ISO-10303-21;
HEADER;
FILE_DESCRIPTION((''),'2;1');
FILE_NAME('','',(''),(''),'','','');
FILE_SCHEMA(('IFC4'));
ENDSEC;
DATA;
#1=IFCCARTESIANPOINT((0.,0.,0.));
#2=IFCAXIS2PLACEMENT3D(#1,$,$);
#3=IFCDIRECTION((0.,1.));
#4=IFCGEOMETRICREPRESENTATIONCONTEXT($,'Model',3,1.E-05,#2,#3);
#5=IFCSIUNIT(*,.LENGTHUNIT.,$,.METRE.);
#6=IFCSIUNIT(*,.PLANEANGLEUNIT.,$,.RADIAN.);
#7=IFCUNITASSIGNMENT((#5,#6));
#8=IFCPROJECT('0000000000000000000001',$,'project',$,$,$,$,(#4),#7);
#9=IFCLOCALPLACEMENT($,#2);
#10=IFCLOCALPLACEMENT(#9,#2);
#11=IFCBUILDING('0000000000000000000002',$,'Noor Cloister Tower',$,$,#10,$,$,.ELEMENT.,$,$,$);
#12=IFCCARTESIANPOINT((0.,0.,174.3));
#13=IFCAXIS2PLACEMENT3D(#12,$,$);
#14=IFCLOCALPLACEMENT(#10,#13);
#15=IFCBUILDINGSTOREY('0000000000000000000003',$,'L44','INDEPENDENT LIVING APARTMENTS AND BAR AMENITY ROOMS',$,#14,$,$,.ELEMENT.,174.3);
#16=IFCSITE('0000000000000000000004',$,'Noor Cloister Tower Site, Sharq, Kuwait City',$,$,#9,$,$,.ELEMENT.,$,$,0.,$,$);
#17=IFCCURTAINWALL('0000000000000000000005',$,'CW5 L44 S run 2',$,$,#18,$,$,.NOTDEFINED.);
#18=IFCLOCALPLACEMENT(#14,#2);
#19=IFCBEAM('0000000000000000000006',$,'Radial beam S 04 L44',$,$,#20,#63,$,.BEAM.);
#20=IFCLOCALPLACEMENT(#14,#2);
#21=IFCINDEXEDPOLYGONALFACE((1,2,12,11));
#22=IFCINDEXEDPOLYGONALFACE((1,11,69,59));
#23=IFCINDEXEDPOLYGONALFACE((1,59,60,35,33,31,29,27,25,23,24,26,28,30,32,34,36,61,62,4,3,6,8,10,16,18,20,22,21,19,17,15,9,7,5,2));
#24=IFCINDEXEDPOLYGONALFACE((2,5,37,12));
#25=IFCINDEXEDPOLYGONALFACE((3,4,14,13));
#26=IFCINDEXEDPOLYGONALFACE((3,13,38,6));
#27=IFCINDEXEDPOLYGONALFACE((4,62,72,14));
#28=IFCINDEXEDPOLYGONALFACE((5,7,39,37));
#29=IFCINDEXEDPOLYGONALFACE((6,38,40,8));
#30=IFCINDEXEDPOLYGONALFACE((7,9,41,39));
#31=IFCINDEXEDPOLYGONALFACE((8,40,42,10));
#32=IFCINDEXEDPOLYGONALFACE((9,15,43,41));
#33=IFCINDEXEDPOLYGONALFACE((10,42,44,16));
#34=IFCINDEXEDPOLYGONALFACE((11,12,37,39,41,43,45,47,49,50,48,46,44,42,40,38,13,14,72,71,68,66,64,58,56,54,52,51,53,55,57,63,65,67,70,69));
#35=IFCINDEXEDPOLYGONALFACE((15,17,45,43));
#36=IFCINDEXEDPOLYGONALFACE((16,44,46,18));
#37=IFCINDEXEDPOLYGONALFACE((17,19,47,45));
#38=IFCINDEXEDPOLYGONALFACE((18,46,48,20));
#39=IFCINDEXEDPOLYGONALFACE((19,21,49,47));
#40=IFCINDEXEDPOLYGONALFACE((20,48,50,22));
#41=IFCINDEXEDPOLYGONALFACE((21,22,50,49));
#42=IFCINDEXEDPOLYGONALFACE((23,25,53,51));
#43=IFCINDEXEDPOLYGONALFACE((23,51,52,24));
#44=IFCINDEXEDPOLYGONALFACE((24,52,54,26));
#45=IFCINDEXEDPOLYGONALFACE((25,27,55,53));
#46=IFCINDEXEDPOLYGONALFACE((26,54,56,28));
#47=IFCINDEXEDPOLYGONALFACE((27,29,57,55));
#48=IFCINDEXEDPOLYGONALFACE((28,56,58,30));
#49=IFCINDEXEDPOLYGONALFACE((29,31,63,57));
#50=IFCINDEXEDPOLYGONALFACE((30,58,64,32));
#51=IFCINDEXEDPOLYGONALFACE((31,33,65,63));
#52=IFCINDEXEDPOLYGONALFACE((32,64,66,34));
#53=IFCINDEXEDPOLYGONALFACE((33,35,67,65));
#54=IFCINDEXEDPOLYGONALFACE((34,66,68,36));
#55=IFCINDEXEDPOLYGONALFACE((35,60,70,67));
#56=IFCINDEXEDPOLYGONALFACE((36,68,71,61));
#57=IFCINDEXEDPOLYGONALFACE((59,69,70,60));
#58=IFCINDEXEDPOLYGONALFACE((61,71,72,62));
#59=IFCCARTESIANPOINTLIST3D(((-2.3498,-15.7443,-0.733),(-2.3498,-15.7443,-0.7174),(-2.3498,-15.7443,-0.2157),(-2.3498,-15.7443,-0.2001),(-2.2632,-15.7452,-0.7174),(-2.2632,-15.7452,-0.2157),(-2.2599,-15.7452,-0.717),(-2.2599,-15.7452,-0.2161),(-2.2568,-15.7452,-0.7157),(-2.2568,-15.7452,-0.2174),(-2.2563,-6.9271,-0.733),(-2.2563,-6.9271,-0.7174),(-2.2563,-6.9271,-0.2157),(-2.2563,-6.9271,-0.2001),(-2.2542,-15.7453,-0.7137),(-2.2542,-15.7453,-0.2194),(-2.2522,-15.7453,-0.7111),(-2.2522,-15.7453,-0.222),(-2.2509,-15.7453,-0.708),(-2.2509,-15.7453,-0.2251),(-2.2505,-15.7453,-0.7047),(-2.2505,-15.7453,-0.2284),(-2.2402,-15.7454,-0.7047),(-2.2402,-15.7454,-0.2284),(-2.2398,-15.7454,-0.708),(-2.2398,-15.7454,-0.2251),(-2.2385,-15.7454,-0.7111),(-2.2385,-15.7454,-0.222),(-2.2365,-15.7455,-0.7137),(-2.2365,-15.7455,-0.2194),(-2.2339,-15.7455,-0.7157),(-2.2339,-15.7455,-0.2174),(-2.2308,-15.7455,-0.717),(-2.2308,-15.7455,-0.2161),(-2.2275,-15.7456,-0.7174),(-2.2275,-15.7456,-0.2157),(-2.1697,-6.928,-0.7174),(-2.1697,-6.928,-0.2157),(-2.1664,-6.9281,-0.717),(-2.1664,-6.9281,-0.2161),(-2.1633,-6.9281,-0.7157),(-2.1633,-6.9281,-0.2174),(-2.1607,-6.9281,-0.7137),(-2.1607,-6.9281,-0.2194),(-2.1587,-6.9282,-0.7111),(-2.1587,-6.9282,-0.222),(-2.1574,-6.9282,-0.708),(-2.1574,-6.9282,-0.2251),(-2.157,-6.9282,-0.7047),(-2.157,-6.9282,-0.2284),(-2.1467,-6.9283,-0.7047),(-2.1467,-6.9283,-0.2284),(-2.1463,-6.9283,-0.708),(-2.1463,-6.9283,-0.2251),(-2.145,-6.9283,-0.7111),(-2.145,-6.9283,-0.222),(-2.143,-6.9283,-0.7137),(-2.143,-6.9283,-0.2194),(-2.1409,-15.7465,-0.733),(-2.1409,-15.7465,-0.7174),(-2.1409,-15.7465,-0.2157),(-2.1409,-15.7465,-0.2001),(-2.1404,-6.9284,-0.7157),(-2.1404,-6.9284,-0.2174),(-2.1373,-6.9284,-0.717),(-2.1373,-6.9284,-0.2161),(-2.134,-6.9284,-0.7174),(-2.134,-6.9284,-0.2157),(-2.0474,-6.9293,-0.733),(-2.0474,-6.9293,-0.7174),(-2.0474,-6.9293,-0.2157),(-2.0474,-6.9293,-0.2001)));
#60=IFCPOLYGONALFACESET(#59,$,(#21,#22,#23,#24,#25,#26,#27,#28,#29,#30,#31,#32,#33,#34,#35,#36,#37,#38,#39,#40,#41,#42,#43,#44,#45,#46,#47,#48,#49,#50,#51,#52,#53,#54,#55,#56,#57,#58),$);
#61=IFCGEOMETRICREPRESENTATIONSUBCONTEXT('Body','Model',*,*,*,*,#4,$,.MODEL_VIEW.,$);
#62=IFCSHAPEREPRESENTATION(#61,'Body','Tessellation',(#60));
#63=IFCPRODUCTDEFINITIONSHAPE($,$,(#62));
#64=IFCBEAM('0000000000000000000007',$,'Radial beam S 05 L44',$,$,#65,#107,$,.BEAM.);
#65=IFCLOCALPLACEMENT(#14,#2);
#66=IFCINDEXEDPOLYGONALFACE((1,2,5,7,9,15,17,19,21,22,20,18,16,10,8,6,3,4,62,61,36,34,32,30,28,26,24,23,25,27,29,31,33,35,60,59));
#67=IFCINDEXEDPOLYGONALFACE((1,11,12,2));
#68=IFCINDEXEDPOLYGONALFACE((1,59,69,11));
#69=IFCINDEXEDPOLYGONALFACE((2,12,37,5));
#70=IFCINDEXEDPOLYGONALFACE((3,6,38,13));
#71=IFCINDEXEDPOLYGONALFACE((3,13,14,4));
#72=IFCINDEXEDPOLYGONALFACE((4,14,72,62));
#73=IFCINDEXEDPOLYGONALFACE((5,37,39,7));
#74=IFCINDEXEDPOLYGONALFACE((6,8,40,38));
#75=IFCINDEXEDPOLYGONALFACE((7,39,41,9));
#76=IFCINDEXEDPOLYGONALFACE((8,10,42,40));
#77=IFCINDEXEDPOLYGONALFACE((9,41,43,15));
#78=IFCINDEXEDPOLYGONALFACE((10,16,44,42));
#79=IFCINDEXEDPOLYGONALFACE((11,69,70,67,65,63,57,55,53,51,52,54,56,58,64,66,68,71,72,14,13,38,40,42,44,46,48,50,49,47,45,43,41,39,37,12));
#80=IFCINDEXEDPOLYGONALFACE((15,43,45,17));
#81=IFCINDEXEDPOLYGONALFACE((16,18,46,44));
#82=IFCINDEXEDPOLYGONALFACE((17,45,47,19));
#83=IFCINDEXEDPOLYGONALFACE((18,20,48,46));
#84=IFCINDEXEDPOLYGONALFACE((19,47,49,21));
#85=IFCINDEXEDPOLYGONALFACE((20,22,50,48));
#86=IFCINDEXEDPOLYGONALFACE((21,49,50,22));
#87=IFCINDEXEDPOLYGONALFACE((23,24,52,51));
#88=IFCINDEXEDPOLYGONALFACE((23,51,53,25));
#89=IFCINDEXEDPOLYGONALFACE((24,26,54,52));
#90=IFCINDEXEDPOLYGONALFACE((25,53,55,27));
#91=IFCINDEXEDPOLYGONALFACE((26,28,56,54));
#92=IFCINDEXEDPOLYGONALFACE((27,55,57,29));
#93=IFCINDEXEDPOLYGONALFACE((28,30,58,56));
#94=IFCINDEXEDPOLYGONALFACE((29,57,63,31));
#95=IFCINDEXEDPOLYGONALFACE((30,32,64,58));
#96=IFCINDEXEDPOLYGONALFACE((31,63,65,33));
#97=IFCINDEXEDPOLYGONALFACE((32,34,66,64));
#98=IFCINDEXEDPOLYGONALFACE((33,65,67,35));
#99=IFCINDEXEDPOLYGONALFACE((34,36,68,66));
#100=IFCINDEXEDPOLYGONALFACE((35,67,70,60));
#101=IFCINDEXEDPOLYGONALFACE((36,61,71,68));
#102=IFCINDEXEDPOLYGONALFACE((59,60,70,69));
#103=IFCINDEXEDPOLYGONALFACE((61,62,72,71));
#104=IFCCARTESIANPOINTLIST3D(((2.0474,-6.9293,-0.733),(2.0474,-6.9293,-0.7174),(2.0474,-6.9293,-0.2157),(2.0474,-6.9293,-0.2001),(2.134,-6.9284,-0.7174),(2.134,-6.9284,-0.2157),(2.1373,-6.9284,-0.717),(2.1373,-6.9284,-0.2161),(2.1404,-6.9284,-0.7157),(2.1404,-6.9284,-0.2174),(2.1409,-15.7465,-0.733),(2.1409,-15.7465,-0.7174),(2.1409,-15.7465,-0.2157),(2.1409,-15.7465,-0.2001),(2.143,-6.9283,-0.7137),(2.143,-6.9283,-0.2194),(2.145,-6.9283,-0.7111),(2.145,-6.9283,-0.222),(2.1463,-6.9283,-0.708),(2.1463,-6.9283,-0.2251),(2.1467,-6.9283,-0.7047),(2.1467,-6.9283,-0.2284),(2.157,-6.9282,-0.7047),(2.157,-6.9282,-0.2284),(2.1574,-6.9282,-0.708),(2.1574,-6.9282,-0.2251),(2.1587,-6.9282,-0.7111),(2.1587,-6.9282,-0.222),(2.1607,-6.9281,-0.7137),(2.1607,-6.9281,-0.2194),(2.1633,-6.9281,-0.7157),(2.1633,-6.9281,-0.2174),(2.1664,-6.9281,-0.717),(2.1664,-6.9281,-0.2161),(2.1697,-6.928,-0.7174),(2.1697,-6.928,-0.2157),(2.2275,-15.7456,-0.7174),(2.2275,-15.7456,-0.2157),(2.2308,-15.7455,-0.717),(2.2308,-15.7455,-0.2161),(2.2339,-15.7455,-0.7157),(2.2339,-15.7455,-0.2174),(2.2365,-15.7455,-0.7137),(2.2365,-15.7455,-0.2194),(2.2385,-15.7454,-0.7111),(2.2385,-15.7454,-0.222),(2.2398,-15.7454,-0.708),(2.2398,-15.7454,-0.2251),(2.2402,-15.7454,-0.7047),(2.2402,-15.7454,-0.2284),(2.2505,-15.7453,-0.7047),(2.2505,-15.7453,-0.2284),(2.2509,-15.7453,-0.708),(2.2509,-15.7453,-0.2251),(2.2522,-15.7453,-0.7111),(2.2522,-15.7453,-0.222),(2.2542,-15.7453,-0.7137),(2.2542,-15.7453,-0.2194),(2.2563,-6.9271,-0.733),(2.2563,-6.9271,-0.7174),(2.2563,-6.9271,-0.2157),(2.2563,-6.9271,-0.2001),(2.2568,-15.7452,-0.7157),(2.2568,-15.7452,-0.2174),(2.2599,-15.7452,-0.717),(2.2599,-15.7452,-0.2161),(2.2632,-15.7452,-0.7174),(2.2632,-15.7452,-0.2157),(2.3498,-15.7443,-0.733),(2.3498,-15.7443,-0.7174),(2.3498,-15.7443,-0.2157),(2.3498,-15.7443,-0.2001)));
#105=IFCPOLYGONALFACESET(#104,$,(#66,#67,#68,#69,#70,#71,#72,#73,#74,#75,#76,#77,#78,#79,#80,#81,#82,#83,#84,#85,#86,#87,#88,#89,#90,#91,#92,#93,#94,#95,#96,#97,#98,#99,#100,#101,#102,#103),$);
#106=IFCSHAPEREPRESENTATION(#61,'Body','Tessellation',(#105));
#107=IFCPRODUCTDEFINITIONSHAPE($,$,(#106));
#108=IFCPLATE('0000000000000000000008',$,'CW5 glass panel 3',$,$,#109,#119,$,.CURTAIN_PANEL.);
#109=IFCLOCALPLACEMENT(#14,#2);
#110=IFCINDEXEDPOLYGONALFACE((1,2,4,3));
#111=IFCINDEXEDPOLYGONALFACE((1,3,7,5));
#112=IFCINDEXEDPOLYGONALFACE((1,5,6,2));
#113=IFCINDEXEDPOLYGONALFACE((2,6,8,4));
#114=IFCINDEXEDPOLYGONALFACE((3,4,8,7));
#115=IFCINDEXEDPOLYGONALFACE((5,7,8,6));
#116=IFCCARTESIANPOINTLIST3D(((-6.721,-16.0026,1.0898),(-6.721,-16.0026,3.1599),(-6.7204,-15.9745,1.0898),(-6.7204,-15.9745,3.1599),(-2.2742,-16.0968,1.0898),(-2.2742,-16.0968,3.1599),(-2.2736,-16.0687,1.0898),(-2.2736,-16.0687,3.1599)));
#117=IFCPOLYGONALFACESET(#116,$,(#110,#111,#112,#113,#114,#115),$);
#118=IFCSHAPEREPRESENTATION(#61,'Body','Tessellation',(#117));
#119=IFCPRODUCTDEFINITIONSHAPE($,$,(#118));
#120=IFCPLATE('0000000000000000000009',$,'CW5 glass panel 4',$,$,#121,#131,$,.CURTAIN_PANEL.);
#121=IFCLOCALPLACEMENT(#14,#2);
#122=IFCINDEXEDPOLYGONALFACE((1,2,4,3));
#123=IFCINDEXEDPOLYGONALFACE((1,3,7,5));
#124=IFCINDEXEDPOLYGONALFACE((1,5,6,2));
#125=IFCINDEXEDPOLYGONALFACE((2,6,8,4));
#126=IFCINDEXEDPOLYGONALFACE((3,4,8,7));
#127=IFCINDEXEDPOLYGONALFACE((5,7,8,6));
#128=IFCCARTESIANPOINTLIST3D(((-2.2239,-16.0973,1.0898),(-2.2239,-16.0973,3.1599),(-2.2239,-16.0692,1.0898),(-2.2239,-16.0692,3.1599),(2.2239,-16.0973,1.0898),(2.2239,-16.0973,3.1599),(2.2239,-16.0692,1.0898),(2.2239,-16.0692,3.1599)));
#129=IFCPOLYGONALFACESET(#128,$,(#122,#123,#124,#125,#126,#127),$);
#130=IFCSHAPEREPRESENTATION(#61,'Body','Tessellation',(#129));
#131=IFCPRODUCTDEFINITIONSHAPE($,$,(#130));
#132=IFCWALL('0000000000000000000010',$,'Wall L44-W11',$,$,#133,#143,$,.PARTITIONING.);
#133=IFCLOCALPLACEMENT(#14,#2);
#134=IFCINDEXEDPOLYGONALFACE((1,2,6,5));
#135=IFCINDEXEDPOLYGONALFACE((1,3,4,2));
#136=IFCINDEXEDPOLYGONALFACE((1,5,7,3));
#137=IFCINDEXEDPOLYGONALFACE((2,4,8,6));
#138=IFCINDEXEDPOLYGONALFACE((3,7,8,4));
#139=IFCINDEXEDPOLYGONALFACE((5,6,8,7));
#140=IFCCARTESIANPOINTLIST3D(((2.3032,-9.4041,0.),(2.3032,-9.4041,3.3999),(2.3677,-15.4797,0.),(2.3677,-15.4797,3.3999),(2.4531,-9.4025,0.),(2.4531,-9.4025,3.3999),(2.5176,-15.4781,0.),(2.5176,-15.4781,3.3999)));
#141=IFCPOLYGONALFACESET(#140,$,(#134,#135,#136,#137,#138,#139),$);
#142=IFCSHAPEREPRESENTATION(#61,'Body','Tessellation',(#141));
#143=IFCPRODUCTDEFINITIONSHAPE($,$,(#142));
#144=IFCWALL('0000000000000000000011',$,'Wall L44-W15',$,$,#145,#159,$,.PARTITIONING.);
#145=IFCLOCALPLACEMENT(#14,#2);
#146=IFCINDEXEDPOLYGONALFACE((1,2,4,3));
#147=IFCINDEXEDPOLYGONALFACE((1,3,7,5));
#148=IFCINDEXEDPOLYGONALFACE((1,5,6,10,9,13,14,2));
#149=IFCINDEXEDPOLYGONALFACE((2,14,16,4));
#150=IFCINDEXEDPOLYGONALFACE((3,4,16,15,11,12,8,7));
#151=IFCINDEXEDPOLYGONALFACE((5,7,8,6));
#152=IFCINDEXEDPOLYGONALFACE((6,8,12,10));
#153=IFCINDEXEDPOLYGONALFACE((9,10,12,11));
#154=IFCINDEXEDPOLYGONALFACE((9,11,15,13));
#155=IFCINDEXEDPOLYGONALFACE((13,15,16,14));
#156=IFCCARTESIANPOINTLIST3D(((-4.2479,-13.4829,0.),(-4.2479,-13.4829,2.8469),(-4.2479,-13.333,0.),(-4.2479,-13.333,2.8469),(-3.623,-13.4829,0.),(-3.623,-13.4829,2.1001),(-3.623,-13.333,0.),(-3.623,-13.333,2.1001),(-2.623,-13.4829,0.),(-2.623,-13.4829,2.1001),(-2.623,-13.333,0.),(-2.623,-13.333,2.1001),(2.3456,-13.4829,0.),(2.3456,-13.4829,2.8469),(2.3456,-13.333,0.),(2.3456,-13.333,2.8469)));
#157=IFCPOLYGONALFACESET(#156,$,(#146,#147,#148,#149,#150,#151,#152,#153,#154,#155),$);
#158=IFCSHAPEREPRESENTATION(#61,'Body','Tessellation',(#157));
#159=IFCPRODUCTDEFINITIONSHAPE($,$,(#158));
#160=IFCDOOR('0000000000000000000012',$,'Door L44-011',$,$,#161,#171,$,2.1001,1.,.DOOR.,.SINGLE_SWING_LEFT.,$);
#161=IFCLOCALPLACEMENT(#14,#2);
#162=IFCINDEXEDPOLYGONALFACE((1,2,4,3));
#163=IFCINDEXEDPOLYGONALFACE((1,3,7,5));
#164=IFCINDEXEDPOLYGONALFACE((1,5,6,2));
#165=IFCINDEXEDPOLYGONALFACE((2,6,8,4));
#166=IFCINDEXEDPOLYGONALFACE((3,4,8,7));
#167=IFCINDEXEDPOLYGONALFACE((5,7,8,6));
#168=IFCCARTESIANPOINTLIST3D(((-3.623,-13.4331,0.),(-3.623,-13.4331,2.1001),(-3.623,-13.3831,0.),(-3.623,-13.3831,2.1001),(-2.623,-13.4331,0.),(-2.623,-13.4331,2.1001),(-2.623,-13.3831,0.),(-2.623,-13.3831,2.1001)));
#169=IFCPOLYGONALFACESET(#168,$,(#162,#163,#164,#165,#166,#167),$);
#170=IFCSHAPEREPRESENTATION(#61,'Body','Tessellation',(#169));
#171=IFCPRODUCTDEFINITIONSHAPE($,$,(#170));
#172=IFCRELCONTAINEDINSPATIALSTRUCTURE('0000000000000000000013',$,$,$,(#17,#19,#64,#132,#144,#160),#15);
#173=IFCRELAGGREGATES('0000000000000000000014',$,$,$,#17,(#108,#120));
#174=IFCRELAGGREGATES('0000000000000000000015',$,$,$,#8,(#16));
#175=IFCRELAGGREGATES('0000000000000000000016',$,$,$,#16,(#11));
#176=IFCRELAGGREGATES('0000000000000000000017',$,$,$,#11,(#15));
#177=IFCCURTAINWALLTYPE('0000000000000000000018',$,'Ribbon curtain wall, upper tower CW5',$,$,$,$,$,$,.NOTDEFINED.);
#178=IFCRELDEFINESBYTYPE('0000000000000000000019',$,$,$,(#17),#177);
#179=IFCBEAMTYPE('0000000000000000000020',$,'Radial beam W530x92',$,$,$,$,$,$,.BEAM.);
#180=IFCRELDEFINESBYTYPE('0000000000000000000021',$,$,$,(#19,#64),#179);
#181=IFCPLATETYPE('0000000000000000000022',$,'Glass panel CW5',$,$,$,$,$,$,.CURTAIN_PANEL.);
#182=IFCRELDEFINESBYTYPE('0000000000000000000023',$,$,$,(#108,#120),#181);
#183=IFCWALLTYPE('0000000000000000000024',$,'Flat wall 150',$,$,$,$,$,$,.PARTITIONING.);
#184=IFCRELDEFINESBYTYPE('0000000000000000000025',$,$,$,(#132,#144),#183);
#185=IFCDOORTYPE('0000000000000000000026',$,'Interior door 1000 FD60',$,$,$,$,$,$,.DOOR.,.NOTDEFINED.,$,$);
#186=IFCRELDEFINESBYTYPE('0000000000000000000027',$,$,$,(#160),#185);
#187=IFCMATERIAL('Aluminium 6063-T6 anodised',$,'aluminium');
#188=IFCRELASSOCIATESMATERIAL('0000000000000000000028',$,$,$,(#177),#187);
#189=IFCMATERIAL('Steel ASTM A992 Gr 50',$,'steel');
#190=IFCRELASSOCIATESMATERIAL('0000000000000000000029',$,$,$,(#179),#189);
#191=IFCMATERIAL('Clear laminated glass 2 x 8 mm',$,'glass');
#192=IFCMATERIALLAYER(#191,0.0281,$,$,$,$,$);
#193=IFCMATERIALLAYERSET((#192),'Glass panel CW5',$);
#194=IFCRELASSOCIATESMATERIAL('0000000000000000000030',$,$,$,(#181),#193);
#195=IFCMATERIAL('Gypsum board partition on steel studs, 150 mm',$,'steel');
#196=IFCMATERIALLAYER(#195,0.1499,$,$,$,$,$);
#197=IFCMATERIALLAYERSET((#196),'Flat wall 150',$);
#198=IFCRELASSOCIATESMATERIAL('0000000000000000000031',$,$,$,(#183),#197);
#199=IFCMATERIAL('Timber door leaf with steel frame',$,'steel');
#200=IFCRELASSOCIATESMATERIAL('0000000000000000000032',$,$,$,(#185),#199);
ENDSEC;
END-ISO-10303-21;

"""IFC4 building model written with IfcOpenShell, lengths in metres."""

from ifc_helpers import new_model, si_unit, direction, frame, frame_2d, origin, origin_2d, place, context, subcontext, project, spatial, rectangle, i_section, extrude, material, layer, layer_set, material_profile, profile_set, type_object, element, fill, aggregate, save


model = new_model("IFC4")

# Units and contexts
model_context = context("Model", 3, precision=1e-05, world=origin(), true_north=direction((0.0, 1.0)))
body_context = subcontext(model_context, "Body", "Model", "MODEL_VIEW")
ifc_project = project(units=[si_unit("LENGTHUNIT", "METRE"), si_unit("PLANEANGLEUNIT", "RADIAN")], contexts=[model_context])

# Site, building, storey
site_placement = place(None, origin())
site = spatial("IfcSite", under=ifc_project, at=site_placement, Name="Noor Cloister Tower Site, Sharq, Kuwait City", CompositionType="ELEMENT", RefElevation=0.0)
building_placement = place(site_placement, origin())
building = spatial("IfcBuilding", under=site, at=building_placement, Name="Noor Cloister Tower", CompositionType="ELEMENT")
storey_placement = place(building_placement, frame((0.0, 0.0, 174.3)))
storey = spatial("IfcBuildingStorey", under=building, at=storey_placement, Name="L44", Description="INDEPENDENT LIVING APARTMENTS AND BAR AMENITY ROOMS", CompositionType="ELEMENT", Elevation=174.3)

# Curtain wall
ifc_material_1 = material(Name="Aluminium 6063-T6 anodised", Category="aluminium")
curtain_wall_type = type_object("IfcCurtainWallType", Name="Ribbon curtain wall, upper tower CW5", PredefinedType="NOTDEFINED", material=ifc_material_1)
curtain_wall_placement = place(storey_placement, origin())
curtain_wall = element("IfcCurtainWall", 1, at=curtain_wall_placement, inside=storey, type_object=curtain_wall_type, Name="CW5 L44 S run 2", PredefinedType="NOTDEFINED")

# Beams
ifc_material_2 = material(Name="Steel ASTM A992 Gr 50", Category="steel")
ifc_material_profile_1 = material_profile(ifc_material_2, i_section(OverallWidth=0.209, OverallDepth=0.533, WebThickness=0.0103, FlangeThickness=0.0156, FilletRadius=0.0127, at=origin_2d()), Name="W530x92")
ifc_profile_set_1 = profile_set([ifc_material_profile_1], Name="Steel ASTM A992 Gr 50")
beam_type_1 = type_object("IfcBeamType", Name="Radial beam W530x92", PredefinedType="BEAM", material=ifc_profile_set_1)
for number, where, z_axis, x_axis, name in (
    (2, (-2.2454, -15.7454, -0.4666), (0.010604, 0.999944, 0.0), (-0.999944, 0.010604, 0.0), "Radial beam S 04 L44"),
    (3, (2.2454, -15.7454, -0.4666), (-0.010604, 0.999944, 0.0), (-0.999944, -0.010604, 0.0), "Radial beam S 05 L44"),
):
    element("IfcBeam", number, at=place(storey_placement, frame(where, z_axis=z_axis, x_axis=x_axis)), inside=storey, type_object=beam_type_1, Name=name, PredefinedType="BEAM", context=body_context, shape_type="SweptSolid", body=[
        extrude(i_section(OverallWidth=0.209, OverallDepth=0.533, WebThickness=0.0103, FlangeThickness=0.0156, FilletRadius=0.0127, at=origin_2d()), origin(), (0.0, 0.0, 1.0), 8.8176),
    ])

# Plates
ifc_material_3 = material(Name="Clear laminated glass 2 x 8 mm", Category="glass")
ifc_layer_1 = layer(ifc_material_3, 0.0281)
ifc_layer_set_1 = layer_set([ifc_layer_1], Name="Glass panel CW5")
plate_type = type_object("IfcPlateType", Name="Glass panel CW5", PredefinedType="CURTAIN_PANEL", material=ifc_layer_set_1)
plate_1_placement = place(storey_placement, frame((-4.4973, -16.0356, 1.0898), z_axis=(0.0, 0.0, 1.0), x_axis=(0.999776, -0.02118, 0.0)))
plate_1 = element("IfcPlate", 4, at=plate_1_placement, type_object=plate_type, Name="CW5 glass panel 3", PredefinedType="CURTAIN_PANEL", context=body_context, shape_type="SweptSolid", body=[
    extrude(rectangle(XDim=4.4478, YDim=0.0281, at=origin_2d()), origin(), (0.0, 0.0, 1.0), 2.0701),
])
plate_2_placement = place(storey_placement, frame((0.0, -16.0833, 1.0898), z_axis=(0.0, 0.0, 1.0), x_axis=(1.0, 0.0, 0.0)))
plate_2 = element("IfcPlate", 5, at=plate_2_placement, type_object=plate_type, Name="CW5 glass panel 4", PredefinedType="CURTAIN_PANEL", context=body_context, shape_type="SweptSolid", body=[
    extrude(rectangle(XDim=4.4478, YDim=0.0281, at=origin_2d()), origin(), (0.0, 0.0, 1.0), 2.0701),
])
aggregate(curtain_wall, [plate_1, plate_2])

# Wall
ifc_material_4 = material(Name="Gypsum board partition on steel studs, 150 mm", Category="steel")
ifc_layer_2 = layer(ifc_material_4, 0.1499)
ifc_layer_set_2 = layer_set([ifc_layer_2], Name="Flat wall 150")
wall_type = type_object("IfcWallType", Name="Flat wall 150", PredefinedType="PARTITIONING", material=ifc_layer_set_2)
wall_1_placement = place(storey_placement, frame((2.4426, -15.479, 0.0), z_axis=(0.0, 0.0, 1.0), x_axis=(-0.010608, 0.999944, 0.0)))
element("IfcWall", 6, at=wall_1_placement, inside=storey, type_object=wall_type, Name="Wall L44-W11", PredefinedType="PARTITIONING", context=body_context, shape_type="SweptSolid", body=[
    extrude(rectangle(XDim=6.0759, YDim=0.1499, at=frame_2d((3.0381, 0.0))), origin(), (0.0, 0.0, 1.0), 3.3999),
])

# Wall, opening, door
wall_2_placement = place(storey_placement, frame((-4.248, -13.408, 0.0), z_axis=(0.0, 0.0, 1.0), x_axis=(1.0, 0.0, 0.0)))
wall_2 = element("IfcWall", 7, at=wall_2_placement, inside=storey, type_object=wall_type, Name="Wall L44-W15", PredefinedType="PARTITIONING", context=body_context, shape_type="SweptSolid", body=[
    extrude(rectangle(XDim=6.5935, YDim=0.1499, at=frame_2d((3.2969, 0.0))), origin(), (0.0, 0.0, 1.0), 2.8469),
])
opening_placement = place(wall_2_placement, frame((0.625, 0.0, 0.0)))
opening = element("IfcOpeningElement", 8, at=opening_placement, cuts=wall_2, PredefinedType="OPENING", context=body_context, shape_type="SweptSolid", body=[
    extrude(rectangle(XDim=1.0, YDim=2.1001, at=frame_2d((0.5, 1.05))), frame((0.0, 0.085, 0.0), z_axis=(0.0, -1.0, 0.0), x_axis=(1.0, 0.0, 0.0)), (0.0, 0.0, 1.0), 0.1699),
])
ifc_material_5 = material(Name="Timber door leaf with steel frame", Category="steel")
door_type = type_object("IfcDoorType", Name="Interior door 1000 FD60", OperationType="NOTDEFINED", PredefinedType="DOOR", material=ifc_material_5)
door_placement = place(opening_placement, origin())
door = element("IfcDoor", 9, at=door_placement, inside=storey, type_object=door_type, Name="Door L44-011", OperationType="SINGLE_SWING_LEFT", OverallHeight=2.1001, OverallWidth=1.0, PredefinedType="DOOR", context=body_context, shape_type="SweptSolid", body=[
    extrude(rectangle(XDim=1.0, YDim=2.1001, at=frame_2d((0.5, 1.05))), frame((0.0, 0.0249, 0.0), z_axis=(0.0, -1.0, 0.0), x_axis=(1.0, 0.0, 0.0)), (0.0, 0.0, 1.0), 0.05),
])
fill(opening, door)

save(model, "model.ifc")
